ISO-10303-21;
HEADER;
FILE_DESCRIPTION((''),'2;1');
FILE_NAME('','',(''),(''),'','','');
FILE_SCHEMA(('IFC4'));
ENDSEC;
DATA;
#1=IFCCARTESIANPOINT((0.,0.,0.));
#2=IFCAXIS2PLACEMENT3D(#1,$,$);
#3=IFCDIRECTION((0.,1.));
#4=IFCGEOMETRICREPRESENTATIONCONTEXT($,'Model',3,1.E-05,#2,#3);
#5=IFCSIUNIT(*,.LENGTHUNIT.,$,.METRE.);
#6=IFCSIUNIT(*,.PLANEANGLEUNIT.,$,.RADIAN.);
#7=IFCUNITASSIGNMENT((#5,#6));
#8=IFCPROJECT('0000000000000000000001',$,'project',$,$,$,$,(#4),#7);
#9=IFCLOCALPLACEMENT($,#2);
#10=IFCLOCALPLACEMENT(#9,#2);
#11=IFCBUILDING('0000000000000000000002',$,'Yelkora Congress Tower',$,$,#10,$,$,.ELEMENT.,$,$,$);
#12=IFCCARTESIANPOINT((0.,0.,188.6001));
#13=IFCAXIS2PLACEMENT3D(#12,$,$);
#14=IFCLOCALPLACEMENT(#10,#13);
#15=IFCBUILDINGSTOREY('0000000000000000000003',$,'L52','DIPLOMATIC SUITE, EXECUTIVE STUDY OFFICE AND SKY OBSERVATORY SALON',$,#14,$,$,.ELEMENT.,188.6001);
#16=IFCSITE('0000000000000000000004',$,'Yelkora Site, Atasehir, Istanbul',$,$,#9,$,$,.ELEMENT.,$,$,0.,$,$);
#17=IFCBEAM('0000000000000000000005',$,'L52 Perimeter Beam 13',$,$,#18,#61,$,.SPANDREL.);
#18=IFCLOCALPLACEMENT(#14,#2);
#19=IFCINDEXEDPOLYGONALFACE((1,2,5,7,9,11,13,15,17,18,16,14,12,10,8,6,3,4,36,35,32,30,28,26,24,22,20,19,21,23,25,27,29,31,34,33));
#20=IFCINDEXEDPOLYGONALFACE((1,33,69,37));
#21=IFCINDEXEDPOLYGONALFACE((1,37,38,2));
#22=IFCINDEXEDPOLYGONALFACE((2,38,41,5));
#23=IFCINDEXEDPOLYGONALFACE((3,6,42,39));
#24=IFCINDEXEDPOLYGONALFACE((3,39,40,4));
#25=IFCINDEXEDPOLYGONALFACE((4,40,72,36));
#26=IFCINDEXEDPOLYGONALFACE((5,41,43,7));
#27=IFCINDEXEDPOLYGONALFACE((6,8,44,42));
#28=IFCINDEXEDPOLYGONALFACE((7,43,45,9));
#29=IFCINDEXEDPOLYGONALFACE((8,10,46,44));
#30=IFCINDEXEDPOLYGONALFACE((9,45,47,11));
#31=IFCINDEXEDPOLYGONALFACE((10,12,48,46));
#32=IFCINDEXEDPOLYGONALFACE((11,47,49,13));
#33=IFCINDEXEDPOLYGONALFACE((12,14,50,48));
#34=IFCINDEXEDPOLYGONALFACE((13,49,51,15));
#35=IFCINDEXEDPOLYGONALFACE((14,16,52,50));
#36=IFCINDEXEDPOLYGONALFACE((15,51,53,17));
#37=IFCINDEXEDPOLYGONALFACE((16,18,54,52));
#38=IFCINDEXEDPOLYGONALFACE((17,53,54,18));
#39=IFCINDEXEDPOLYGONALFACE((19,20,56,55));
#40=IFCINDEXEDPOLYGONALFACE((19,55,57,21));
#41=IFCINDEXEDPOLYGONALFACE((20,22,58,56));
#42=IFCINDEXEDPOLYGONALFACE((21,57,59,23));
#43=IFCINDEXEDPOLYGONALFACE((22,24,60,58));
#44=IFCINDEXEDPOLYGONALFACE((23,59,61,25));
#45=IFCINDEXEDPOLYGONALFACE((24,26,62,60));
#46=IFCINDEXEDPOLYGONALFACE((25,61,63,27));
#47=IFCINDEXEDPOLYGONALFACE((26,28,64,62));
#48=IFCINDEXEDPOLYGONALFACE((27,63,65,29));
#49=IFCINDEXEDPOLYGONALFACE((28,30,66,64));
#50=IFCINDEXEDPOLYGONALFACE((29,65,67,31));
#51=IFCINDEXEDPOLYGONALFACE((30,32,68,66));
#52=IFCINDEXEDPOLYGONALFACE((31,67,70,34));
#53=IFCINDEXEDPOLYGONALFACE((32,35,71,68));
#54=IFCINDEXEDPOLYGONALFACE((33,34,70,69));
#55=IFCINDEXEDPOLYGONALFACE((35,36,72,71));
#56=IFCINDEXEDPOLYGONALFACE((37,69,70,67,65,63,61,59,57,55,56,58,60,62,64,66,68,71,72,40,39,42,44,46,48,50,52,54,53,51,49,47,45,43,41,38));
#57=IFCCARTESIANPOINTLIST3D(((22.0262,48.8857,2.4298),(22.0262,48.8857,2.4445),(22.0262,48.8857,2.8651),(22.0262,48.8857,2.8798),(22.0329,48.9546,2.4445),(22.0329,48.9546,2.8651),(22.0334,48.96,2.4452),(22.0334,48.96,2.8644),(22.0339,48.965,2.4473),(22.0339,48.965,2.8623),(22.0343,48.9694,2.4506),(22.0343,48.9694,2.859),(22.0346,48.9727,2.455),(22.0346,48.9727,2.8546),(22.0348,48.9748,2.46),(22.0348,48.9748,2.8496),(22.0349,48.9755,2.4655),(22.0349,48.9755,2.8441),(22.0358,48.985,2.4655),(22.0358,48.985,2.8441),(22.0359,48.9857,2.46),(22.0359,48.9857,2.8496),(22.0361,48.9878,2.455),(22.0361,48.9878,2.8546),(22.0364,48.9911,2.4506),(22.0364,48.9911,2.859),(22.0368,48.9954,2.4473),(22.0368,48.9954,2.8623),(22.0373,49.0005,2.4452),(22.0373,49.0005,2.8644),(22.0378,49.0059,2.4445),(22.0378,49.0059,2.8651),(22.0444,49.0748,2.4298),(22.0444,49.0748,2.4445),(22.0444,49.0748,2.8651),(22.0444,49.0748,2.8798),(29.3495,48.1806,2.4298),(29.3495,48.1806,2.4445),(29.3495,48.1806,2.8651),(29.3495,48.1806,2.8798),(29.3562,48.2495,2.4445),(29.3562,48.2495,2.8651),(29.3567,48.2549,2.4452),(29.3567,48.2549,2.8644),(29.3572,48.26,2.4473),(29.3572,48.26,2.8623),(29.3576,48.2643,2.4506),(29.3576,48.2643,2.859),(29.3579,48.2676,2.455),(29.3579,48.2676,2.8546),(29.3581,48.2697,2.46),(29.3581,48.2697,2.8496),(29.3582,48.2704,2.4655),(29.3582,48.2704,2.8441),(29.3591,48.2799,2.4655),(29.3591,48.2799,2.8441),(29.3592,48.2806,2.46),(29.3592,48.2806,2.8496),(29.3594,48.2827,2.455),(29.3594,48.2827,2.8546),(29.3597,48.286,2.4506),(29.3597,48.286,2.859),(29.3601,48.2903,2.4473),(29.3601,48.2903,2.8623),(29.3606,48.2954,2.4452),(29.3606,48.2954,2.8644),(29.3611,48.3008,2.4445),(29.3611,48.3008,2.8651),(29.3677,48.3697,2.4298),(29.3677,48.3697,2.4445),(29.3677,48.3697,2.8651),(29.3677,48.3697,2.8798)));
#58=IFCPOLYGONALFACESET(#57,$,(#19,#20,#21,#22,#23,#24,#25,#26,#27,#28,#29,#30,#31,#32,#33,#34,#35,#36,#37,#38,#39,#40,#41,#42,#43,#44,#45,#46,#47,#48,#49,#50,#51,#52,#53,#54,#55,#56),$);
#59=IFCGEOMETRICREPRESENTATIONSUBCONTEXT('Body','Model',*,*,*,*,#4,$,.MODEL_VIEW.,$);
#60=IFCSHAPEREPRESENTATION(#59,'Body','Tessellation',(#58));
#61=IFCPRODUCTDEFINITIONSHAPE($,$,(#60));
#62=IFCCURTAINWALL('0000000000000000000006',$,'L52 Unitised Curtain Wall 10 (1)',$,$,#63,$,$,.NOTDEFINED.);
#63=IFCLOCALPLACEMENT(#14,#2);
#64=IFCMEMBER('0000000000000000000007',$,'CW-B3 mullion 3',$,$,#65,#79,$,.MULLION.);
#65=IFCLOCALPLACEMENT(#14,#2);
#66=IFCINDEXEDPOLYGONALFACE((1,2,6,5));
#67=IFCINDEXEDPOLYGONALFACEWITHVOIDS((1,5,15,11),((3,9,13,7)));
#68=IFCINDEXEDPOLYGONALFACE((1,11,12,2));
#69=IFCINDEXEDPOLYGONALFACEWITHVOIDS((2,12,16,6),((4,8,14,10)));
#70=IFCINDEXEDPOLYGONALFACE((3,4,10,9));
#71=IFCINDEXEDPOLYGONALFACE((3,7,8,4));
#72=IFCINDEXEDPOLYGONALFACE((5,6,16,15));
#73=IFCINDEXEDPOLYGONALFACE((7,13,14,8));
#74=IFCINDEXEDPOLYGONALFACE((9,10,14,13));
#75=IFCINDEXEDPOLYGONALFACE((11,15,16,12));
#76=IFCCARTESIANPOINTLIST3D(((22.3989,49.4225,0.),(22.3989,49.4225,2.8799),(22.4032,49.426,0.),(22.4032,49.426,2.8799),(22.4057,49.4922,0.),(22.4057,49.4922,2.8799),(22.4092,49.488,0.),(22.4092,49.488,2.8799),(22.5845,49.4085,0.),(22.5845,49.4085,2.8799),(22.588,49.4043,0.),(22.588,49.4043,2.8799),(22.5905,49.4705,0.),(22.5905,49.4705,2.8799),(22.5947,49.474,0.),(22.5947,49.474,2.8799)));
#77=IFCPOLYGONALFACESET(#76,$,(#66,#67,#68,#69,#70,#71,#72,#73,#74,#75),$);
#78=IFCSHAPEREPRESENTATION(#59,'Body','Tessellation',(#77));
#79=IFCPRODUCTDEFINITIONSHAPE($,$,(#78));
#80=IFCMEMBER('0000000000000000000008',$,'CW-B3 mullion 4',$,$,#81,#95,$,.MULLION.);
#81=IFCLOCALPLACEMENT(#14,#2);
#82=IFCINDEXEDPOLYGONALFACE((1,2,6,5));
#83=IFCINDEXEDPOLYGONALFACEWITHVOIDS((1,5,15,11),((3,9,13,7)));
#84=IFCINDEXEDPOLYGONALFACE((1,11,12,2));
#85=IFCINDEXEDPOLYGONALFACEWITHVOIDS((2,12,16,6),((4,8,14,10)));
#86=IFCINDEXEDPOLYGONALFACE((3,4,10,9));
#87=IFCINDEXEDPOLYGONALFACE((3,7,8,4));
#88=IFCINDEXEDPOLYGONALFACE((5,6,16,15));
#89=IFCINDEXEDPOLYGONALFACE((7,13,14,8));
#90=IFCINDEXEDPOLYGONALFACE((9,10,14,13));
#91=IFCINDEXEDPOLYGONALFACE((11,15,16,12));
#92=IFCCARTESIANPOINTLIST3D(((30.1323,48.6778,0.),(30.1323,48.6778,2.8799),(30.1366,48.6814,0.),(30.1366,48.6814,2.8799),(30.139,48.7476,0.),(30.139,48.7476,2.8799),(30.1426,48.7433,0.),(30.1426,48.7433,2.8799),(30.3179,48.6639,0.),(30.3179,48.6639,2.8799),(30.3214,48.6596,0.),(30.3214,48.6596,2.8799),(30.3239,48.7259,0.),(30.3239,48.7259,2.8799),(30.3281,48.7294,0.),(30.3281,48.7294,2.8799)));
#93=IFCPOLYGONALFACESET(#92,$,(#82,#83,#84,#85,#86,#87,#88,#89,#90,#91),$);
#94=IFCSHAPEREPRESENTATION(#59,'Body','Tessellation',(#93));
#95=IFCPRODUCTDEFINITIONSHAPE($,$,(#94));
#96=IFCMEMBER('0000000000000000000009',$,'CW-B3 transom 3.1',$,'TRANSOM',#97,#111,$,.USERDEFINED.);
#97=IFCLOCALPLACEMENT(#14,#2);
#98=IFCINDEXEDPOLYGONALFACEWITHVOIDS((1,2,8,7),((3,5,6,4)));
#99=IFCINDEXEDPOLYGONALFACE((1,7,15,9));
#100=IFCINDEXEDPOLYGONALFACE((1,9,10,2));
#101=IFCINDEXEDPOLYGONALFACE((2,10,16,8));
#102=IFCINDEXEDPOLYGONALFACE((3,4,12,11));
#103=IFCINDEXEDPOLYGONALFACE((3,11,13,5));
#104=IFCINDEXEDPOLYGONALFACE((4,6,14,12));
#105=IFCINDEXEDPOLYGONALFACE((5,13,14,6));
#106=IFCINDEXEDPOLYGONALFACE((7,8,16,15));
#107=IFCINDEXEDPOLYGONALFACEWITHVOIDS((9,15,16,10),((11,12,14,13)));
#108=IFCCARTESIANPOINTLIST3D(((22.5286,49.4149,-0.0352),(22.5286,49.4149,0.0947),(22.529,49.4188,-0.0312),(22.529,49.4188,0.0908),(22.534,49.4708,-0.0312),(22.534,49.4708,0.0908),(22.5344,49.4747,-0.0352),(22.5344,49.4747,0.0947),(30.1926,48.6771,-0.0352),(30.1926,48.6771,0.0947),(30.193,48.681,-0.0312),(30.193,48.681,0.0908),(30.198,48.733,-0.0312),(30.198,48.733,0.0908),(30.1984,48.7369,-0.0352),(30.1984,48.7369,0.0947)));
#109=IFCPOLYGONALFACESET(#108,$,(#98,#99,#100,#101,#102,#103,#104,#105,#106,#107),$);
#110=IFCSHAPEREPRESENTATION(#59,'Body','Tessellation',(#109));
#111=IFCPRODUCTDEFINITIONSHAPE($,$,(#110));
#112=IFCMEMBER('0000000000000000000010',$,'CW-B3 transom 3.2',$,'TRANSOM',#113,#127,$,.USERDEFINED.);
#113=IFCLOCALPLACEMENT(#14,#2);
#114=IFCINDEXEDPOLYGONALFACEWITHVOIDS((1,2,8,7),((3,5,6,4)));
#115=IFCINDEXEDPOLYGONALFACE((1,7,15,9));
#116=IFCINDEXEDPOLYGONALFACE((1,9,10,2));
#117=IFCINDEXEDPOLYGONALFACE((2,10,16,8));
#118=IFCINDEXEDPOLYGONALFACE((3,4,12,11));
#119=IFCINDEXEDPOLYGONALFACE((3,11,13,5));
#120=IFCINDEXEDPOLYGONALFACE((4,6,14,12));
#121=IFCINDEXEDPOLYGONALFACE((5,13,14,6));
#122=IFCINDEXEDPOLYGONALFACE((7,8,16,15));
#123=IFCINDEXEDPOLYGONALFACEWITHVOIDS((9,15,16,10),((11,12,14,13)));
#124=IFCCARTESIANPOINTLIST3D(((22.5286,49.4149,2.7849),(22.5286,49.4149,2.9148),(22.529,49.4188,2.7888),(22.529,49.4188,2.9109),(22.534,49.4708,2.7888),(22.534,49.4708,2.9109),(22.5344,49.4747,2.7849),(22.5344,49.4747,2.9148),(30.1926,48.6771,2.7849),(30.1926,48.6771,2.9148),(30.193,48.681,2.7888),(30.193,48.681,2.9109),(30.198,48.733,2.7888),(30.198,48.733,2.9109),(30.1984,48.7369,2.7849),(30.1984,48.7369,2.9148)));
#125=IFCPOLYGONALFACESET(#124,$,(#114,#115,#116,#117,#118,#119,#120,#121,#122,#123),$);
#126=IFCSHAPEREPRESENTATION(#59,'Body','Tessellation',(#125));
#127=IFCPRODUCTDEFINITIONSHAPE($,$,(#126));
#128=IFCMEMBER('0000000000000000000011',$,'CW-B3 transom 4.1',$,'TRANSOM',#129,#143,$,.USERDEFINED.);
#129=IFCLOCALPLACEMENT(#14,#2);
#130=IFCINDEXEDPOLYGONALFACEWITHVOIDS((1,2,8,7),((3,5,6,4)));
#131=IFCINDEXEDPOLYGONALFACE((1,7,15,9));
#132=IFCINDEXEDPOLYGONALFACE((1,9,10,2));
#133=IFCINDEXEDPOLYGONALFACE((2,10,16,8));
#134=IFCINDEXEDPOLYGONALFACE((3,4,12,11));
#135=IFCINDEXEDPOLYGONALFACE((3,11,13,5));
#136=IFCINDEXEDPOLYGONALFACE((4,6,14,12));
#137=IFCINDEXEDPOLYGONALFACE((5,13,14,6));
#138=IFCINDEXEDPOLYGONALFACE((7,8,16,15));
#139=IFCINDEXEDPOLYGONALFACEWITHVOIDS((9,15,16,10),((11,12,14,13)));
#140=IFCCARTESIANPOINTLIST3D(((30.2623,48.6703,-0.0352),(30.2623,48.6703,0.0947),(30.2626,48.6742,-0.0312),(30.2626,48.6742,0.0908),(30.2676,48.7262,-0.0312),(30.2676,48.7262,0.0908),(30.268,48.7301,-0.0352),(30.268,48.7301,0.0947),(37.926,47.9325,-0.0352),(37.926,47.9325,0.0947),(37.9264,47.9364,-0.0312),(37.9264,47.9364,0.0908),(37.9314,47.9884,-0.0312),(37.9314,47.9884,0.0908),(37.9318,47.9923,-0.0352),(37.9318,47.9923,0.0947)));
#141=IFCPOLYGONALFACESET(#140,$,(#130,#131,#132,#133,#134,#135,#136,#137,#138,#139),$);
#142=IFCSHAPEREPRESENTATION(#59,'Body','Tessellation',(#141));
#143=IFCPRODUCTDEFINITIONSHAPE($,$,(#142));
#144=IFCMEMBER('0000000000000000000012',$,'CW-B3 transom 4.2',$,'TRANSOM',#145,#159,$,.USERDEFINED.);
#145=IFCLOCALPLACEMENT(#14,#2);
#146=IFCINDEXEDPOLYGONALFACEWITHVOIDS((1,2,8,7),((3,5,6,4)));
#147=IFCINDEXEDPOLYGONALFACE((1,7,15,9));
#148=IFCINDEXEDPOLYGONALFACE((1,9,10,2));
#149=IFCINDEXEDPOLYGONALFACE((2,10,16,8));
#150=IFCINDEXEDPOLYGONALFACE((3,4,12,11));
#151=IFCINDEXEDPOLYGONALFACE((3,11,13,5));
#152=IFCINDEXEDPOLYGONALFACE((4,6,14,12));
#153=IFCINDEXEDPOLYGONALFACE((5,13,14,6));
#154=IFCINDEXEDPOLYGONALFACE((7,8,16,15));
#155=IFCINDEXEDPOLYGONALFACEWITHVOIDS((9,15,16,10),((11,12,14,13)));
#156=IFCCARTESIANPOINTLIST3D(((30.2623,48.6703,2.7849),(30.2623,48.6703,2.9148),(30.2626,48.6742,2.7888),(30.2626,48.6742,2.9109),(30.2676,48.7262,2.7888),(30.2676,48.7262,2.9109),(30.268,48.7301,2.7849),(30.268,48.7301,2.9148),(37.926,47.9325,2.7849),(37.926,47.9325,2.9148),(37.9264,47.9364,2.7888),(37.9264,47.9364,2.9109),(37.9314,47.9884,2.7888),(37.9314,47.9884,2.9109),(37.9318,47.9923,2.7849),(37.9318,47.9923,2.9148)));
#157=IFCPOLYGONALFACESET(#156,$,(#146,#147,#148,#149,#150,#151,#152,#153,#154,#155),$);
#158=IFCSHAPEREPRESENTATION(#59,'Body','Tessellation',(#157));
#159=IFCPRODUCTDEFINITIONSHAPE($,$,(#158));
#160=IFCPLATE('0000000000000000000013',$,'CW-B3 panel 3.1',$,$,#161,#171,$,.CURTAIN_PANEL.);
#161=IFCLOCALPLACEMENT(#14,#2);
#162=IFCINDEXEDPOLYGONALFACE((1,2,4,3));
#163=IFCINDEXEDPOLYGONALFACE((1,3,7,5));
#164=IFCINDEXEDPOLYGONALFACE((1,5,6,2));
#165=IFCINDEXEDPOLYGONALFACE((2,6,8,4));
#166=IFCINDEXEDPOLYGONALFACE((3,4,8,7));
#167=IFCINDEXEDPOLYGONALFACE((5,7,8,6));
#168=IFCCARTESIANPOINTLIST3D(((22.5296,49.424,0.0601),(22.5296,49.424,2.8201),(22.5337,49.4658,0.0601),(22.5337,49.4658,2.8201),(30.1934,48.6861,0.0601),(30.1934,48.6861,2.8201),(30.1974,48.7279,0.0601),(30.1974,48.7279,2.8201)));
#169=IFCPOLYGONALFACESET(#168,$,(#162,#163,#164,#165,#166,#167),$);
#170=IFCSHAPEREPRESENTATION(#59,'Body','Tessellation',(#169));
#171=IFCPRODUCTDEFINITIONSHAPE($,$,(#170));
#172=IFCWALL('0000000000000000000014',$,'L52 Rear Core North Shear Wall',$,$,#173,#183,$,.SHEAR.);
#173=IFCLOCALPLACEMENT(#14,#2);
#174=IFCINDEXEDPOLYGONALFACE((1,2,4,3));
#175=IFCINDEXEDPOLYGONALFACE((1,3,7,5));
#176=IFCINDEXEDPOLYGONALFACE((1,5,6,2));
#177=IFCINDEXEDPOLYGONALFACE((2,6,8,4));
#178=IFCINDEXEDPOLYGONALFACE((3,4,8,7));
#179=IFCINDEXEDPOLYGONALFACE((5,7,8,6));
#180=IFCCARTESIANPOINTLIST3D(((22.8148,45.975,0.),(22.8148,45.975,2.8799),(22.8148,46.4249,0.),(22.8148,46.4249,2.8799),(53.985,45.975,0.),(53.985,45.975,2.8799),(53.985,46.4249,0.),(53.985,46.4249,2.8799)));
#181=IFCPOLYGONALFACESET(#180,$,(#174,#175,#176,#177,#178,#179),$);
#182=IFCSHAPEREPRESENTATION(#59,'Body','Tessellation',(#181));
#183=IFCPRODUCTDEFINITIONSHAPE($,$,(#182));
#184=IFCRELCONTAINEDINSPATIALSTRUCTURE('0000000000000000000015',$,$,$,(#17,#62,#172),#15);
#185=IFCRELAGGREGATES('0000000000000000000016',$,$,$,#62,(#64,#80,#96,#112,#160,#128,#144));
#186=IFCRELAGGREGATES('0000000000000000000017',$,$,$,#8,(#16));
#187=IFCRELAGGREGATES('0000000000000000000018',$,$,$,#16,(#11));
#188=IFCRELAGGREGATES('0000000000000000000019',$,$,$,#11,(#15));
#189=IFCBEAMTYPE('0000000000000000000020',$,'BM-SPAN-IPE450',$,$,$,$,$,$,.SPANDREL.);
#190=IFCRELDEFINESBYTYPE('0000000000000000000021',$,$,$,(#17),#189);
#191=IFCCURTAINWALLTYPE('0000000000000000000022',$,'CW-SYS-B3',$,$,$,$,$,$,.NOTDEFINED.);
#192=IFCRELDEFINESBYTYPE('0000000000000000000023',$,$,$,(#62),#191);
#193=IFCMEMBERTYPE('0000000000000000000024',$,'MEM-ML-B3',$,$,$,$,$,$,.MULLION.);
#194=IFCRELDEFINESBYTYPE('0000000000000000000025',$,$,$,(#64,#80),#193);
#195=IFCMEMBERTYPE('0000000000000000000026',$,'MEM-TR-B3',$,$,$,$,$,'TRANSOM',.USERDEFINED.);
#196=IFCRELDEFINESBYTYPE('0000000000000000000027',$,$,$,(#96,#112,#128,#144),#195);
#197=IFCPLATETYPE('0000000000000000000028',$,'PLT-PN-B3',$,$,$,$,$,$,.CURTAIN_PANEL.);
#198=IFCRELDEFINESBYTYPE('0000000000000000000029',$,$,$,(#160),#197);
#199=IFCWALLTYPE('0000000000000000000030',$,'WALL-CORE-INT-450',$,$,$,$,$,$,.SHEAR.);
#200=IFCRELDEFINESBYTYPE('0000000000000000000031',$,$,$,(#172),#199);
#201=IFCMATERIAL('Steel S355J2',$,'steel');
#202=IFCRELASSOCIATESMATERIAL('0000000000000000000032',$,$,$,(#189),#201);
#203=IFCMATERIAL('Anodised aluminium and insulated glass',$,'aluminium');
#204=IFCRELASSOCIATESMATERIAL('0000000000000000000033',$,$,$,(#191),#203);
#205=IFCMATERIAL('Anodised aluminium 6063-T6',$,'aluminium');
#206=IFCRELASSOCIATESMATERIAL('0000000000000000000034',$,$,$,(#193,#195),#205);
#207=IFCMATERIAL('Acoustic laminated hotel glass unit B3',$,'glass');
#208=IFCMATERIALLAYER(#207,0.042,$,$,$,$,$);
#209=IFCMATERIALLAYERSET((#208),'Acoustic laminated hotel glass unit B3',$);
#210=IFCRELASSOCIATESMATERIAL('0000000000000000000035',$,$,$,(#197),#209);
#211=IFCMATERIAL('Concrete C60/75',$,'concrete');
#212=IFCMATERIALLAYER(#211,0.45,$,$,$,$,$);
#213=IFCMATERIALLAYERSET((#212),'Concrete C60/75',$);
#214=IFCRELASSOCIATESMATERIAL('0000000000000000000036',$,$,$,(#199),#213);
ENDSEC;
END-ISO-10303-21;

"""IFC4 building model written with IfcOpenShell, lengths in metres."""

from ifc_helpers import new_model, si_unit, direction, frame, frame_2d, origin, origin_2d, place, context, subcontext, project, spatial, rectangle, hollow_rectangle, i_section, extrude, material, layer, layer_set, material_profile, profile_set, type_object, element, aggregate, save


model = new_model("IFC4")

# Units and contexts
model_context = context("Model", 3, precision=1e-05, world=origin(), true_north=direction((0.0, 1.0)))
body_context = subcontext(model_context, "Body", "Model", "MODEL_VIEW")
ifc_project = project(units=[si_unit("LENGTHUNIT", "METRE"), si_unit("PLANEANGLEUNIT", "RADIAN")], contexts=[model_context])

# Site, building, storey
site_placement = place(None, origin())
site = spatial("IfcSite", under=ifc_project, at=site_placement, Name="Yelkora Site, Atasehir, Istanbul", CompositionType="ELEMENT", RefElevation=0.0)
building_placement = place(site_placement, origin())
building = spatial("IfcBuilding", under=site, at=building_placement, Name="Yelkora Congress Tower", CompositionType="ELEMENT")
storey_placement = place(building_placement, frame((0.0, 0.0, 188.6001)))
storey = spatial("IfcBuildingStorey", under=building, at=storey_placement, Name="L52", Description="DIPLOMATIC SUITE, EXECUTIVE STUDY OFFICE AND SKY OBSERVATORY SALON", CompositionType="ELEMENT", Elevation=188.6001)

# Beam
ifc_material_1 = material(Name="Steel S355J2", Category="steel")
ifc_material_profile_1 = material_profile(ifc_material_1, i_section(OverallWidth=0.1899, OverallDepth=0.45, WebThickness=0.0095, FlangeThickness=0.0146, FilletRadius=0.021, at=origin_2d()), Name="IPE 450")
ifc_profile_set_1 = profile_set([ifc_material_profile_1], Name="Steel S355J2")
beam_type_1 = type_object("IfcBeamType", Name="BM-SPAN-IPE450", PredefinedType="SPANDREL", material=ifc_profile_set_1)
beam_1_placement = place(storey_placement, frame((29.3586, 48.2751, 2.6548), z_axis=(-0.995397, 0.095836, 0.0), x_axis=(-0.095836, -0.995397, 0.0)))
element("IfcBeam", 1, at=beam_1_placement, inside=storey, type_object=beam_type_1, Name="L52 Perimeter Beam 13", PredefinedType="SPANDREL", context=body_context, shape_type="SweptSolid", body=[
    extrude(i_section(OverallWidth=0.1899, OverallDepth=0.45, WebThickness=0.0095, FlangeThickness=0.0146, FilletRadius=0.021, at=origin_2d()), origin(), (0.0, 0.0, 1.0), 7.3572),
])

# Curtain wall, members, plate
ifc_material_2 = material(Name="Anodised aluminium and insulated glass", Category="aluminium")
curtain_wall_type = type_object("IfcCurtainWallType", Name="CW-SYS-B3", PredefinedType="NOTDEFINED", material=ifc_material_2)
curtain_wall_placement = place(storey_placement, origin())
curtain_wall = element("IfcCurtainWall", 2, at=curtain_wall_placement, inside=storey, type_object=curtain_wall_type, Name="L52 Unitised Curtain Wall 10 (1)", PredefinedType="NOTDEFINED")
ifc_material_3 = material(Name="Anodised aluminium 6063-T6", Category="aluminium")
ifc_material_profile_2 = material_profile(ifc_material_3, hollow_rectangle(XDim=0.0701, YDim=0.1899, WallThickness=0.0039, at=origin_2d()), Name="ALU 70x190x4")
ifc_profile_set_2 = profile_set([ifc_material_profile_2], Name="Anodised aluminium 6063-T6")
member_type_1 = type_object("IfcMemberType", Name="MEM-ML-B3", PredefinedType="MULLION", material=ifc_profile_set_2)
member_1_placement = place(storey_placement, frame((22.4968, 49.4482, 0.0), z_axis=(0.0, 0.0, 1.0), x_axis=(0.095845, 0.995396, 0.0)))
member_1 = element("IfcMember", 3, at=member_1_placement, type_object=member_type_1, Name="CW-B3 mullion 3", PredefinedType="MULLION", context=body_context, shape_type="SweptSolid", body=[
    extrude(hollow_rectangle(XDim=0.0701, YDim=0.1899, WallThickness=0.0039, at=origin_2d()), origin(), (0.0, 0.0, 1.0), 2.8799),
])
member_2_placement = place(storey_placement, frame((30.2302, 48.7036, 0.0), z_axis=(0.0, 0.0, 1.0), x_axis=(0.095845, 0.995396, 0.0)))
member_2 = element("IfcMember", 4, at=member_2_placement, type_object=member_type_1, Name="CW-B3 mullion 4", PredefinedType="MULLION", context=body_context, shape_type="SweptSolid", body=[
    extrude(hollow_rectangle(XDim=0.0701, YDim=0.1899, WallThickness=0.0039, at=origin_2d()), origin(), (0.0, 0.0, 1.0), 2.8799),
])
ifc_material_profile_3 = material_profile(ifc_material_3, hollow_rectangle(XDim=0.0601, YDim=0.1299, WallThickness=0.0039, at=origin_2d()), Name="ALU 60x130x4")
ifc_profile_set_3 = profile_set([ifc_material_profile_3], Name="Anodised aluminium 6063-T6")
member_type_2 = type_object("IfcMemberType", Name="MEM-TR-B3", ElementType="TRANSOM", PredefinedType="USERDEFINED", material=ifc_profile_set_3)
member_3_placement = place(storey_placement, frame((22.5315, 49.4448, 0.0298), z_axis=(0.995398, -0.095824, 0.0), x_axis=(0.095824, 0.995398, 0.0)))
member_3 = element("IfcMember", 5, at=member_3_placement, type_object=member_type_2, Name="CW-B3 transom 3.1", ObjectType="TRANSOM", PredefinedType="USERDEFINED", context=body_context, shape_type="SweptSolid", body=[
    extrude(hollow_rectangle(XDim=0.0601, YDim=0.1299, WallThickness=0.0039, at=origin_2d()), origin(), (0.0, 0.0, 1.0), 7.6995),
])
member_4_placement = place(storey_placement, frame((22.5315, 49.4448, 2.8499), z_axis=(0.995398, -0.095824, 0.0), x_axis=(0.095824, 0.995398, 0.0)))
member_4 = element("IfcMember", 6, at=member_4_placement, type_object=member_type_2, Name="CW-B3 transom 3.2", ObjectType="TRANSOM", PredefinedType="USERDEFINED", context=body_context, shape_type="SweptSolid", body=[
    extrude(hollow_rectangle(XDim=0.0601, YDim=0.1299, WallThickness=0.0039, at=origin_2d()), origin(), (0.0, 0.0, 1.0), 7.6995),
])
member_5_placement = place(storey_placement, frame((30.2651, 48.7002, 0.0298), z_axis=(0.995398, -0.095827, 0.0), x_axis=(0.095827, 0.995398, 0.0)))
member_5 = element("IfcMember", 7, at=member_5_placement, type_object=member_type_2, Name="CW-B3 transom 4.1", ObjectType="TRANSOM", PredefinedType="USERDEFINED", context=body_context, shape_type="SweptSolid", body=[
    extrude(hollow_rectangle(XDim=0.0601, YDim=0.1299, WallThickness=0.0039, at=origin_2d()), origin(), (0.0, 0.0, 1.0), 7.6992),
])
member_6_placement = place(storey_placement, frame((30.2651, 48.7002, 2.8499), z_axis=(0.995398, -0.095827, 0.0), x_axis=(0.095827, 0.995398, 0.0)))
member_6 = element("IfcMember", 8, at=member_6_placement, type_object=member_type_2, Name="CW-B3 transom 4.2", ObjectType="TRANSOM", PredefinedType="USERDEFINED", context=body_context, shape_type="SweptSolid", body=[
    extrude(hollow_rectangle(XDim=0.0601, YDim=0.1299, WallThickness=0.0039, at=origin_2d()), origin(), (0.0, 0.0, 1.0), 7.6992),
])
ifc_material_4 = material(Name="Acoustic laminated hotel glass unit B3", Category="glass")
ifc_layer_1 = layer(ifc_material_4, 0.042)
ifc_layer_set_1 = layer_set([ifc_layer_1], Name="Acoustic laminated hotel glass unit B3")
plate_type = type_object("IfcPlateType", Name="PLT-PN-B3", PredefinedType="CURTAIN_PANEL", material=ifc_layer_set_1)
plate_placement = place(storey_placement, frame((26.3635, 49.0759, 0.0601), z_axis=(0.0, 0.0, 1.0), x_axis=(0.995396, -0.095845, 0.0)))
plate = element("IfcPlate", 9, at=plate_placement, type_object=plate_type, Name="CW-B3 panel 3.1", PredefinedType="CURTAIN_PANEL", context=body_context, shape_type="SweptSolid", body=[
    extrude(rectangle(XDim=7.6992, YDim=0.042, at=origin_2d()), origin(), (0.0, 0.0, 1.0), 2.76),
])
aggregate(curtain_wall, [member_1, member_2, member_3, member_4, plate, member_5, member_6])

# Wall
ifc_material_5 = material(Name="Concrete C60/75", Category="concrete")
ifc_layer_2 = layer(ifc_material_5, 0.45)
ifc_layer_set_2 = layer_set([ifc_layer_2], Name="Concrete C60/75")
wall_type_1 = type_object("IfcWallType", Name="WALL-CORE-INT-450", PredefinedType="SHEAR", material=ifc_layer_set_2)
wall_1_placement = place(storey_placement, frame((22.8149, 46.2, 0.0), z_axis=(0.0, 0.0, 1.0), x_axis=(1.0, 0.0, 0.0)))
element("IfcWall", 10, at=wall_1_placement, inside=storey, type_object=wall_type_1, Name="L52 Rear Core North Shear Wall", PredefinedType="SHEAR", context=body_context, shape_type="SweptSolid", body=[
    extrude(rectangle(XDim=31.1702, YDim=0.45, at=frame_2d((15.585, 0.0))), origin(), (0.0, 0.0, 1.0), 2.8799),
])

save(model, "model.ifc")
